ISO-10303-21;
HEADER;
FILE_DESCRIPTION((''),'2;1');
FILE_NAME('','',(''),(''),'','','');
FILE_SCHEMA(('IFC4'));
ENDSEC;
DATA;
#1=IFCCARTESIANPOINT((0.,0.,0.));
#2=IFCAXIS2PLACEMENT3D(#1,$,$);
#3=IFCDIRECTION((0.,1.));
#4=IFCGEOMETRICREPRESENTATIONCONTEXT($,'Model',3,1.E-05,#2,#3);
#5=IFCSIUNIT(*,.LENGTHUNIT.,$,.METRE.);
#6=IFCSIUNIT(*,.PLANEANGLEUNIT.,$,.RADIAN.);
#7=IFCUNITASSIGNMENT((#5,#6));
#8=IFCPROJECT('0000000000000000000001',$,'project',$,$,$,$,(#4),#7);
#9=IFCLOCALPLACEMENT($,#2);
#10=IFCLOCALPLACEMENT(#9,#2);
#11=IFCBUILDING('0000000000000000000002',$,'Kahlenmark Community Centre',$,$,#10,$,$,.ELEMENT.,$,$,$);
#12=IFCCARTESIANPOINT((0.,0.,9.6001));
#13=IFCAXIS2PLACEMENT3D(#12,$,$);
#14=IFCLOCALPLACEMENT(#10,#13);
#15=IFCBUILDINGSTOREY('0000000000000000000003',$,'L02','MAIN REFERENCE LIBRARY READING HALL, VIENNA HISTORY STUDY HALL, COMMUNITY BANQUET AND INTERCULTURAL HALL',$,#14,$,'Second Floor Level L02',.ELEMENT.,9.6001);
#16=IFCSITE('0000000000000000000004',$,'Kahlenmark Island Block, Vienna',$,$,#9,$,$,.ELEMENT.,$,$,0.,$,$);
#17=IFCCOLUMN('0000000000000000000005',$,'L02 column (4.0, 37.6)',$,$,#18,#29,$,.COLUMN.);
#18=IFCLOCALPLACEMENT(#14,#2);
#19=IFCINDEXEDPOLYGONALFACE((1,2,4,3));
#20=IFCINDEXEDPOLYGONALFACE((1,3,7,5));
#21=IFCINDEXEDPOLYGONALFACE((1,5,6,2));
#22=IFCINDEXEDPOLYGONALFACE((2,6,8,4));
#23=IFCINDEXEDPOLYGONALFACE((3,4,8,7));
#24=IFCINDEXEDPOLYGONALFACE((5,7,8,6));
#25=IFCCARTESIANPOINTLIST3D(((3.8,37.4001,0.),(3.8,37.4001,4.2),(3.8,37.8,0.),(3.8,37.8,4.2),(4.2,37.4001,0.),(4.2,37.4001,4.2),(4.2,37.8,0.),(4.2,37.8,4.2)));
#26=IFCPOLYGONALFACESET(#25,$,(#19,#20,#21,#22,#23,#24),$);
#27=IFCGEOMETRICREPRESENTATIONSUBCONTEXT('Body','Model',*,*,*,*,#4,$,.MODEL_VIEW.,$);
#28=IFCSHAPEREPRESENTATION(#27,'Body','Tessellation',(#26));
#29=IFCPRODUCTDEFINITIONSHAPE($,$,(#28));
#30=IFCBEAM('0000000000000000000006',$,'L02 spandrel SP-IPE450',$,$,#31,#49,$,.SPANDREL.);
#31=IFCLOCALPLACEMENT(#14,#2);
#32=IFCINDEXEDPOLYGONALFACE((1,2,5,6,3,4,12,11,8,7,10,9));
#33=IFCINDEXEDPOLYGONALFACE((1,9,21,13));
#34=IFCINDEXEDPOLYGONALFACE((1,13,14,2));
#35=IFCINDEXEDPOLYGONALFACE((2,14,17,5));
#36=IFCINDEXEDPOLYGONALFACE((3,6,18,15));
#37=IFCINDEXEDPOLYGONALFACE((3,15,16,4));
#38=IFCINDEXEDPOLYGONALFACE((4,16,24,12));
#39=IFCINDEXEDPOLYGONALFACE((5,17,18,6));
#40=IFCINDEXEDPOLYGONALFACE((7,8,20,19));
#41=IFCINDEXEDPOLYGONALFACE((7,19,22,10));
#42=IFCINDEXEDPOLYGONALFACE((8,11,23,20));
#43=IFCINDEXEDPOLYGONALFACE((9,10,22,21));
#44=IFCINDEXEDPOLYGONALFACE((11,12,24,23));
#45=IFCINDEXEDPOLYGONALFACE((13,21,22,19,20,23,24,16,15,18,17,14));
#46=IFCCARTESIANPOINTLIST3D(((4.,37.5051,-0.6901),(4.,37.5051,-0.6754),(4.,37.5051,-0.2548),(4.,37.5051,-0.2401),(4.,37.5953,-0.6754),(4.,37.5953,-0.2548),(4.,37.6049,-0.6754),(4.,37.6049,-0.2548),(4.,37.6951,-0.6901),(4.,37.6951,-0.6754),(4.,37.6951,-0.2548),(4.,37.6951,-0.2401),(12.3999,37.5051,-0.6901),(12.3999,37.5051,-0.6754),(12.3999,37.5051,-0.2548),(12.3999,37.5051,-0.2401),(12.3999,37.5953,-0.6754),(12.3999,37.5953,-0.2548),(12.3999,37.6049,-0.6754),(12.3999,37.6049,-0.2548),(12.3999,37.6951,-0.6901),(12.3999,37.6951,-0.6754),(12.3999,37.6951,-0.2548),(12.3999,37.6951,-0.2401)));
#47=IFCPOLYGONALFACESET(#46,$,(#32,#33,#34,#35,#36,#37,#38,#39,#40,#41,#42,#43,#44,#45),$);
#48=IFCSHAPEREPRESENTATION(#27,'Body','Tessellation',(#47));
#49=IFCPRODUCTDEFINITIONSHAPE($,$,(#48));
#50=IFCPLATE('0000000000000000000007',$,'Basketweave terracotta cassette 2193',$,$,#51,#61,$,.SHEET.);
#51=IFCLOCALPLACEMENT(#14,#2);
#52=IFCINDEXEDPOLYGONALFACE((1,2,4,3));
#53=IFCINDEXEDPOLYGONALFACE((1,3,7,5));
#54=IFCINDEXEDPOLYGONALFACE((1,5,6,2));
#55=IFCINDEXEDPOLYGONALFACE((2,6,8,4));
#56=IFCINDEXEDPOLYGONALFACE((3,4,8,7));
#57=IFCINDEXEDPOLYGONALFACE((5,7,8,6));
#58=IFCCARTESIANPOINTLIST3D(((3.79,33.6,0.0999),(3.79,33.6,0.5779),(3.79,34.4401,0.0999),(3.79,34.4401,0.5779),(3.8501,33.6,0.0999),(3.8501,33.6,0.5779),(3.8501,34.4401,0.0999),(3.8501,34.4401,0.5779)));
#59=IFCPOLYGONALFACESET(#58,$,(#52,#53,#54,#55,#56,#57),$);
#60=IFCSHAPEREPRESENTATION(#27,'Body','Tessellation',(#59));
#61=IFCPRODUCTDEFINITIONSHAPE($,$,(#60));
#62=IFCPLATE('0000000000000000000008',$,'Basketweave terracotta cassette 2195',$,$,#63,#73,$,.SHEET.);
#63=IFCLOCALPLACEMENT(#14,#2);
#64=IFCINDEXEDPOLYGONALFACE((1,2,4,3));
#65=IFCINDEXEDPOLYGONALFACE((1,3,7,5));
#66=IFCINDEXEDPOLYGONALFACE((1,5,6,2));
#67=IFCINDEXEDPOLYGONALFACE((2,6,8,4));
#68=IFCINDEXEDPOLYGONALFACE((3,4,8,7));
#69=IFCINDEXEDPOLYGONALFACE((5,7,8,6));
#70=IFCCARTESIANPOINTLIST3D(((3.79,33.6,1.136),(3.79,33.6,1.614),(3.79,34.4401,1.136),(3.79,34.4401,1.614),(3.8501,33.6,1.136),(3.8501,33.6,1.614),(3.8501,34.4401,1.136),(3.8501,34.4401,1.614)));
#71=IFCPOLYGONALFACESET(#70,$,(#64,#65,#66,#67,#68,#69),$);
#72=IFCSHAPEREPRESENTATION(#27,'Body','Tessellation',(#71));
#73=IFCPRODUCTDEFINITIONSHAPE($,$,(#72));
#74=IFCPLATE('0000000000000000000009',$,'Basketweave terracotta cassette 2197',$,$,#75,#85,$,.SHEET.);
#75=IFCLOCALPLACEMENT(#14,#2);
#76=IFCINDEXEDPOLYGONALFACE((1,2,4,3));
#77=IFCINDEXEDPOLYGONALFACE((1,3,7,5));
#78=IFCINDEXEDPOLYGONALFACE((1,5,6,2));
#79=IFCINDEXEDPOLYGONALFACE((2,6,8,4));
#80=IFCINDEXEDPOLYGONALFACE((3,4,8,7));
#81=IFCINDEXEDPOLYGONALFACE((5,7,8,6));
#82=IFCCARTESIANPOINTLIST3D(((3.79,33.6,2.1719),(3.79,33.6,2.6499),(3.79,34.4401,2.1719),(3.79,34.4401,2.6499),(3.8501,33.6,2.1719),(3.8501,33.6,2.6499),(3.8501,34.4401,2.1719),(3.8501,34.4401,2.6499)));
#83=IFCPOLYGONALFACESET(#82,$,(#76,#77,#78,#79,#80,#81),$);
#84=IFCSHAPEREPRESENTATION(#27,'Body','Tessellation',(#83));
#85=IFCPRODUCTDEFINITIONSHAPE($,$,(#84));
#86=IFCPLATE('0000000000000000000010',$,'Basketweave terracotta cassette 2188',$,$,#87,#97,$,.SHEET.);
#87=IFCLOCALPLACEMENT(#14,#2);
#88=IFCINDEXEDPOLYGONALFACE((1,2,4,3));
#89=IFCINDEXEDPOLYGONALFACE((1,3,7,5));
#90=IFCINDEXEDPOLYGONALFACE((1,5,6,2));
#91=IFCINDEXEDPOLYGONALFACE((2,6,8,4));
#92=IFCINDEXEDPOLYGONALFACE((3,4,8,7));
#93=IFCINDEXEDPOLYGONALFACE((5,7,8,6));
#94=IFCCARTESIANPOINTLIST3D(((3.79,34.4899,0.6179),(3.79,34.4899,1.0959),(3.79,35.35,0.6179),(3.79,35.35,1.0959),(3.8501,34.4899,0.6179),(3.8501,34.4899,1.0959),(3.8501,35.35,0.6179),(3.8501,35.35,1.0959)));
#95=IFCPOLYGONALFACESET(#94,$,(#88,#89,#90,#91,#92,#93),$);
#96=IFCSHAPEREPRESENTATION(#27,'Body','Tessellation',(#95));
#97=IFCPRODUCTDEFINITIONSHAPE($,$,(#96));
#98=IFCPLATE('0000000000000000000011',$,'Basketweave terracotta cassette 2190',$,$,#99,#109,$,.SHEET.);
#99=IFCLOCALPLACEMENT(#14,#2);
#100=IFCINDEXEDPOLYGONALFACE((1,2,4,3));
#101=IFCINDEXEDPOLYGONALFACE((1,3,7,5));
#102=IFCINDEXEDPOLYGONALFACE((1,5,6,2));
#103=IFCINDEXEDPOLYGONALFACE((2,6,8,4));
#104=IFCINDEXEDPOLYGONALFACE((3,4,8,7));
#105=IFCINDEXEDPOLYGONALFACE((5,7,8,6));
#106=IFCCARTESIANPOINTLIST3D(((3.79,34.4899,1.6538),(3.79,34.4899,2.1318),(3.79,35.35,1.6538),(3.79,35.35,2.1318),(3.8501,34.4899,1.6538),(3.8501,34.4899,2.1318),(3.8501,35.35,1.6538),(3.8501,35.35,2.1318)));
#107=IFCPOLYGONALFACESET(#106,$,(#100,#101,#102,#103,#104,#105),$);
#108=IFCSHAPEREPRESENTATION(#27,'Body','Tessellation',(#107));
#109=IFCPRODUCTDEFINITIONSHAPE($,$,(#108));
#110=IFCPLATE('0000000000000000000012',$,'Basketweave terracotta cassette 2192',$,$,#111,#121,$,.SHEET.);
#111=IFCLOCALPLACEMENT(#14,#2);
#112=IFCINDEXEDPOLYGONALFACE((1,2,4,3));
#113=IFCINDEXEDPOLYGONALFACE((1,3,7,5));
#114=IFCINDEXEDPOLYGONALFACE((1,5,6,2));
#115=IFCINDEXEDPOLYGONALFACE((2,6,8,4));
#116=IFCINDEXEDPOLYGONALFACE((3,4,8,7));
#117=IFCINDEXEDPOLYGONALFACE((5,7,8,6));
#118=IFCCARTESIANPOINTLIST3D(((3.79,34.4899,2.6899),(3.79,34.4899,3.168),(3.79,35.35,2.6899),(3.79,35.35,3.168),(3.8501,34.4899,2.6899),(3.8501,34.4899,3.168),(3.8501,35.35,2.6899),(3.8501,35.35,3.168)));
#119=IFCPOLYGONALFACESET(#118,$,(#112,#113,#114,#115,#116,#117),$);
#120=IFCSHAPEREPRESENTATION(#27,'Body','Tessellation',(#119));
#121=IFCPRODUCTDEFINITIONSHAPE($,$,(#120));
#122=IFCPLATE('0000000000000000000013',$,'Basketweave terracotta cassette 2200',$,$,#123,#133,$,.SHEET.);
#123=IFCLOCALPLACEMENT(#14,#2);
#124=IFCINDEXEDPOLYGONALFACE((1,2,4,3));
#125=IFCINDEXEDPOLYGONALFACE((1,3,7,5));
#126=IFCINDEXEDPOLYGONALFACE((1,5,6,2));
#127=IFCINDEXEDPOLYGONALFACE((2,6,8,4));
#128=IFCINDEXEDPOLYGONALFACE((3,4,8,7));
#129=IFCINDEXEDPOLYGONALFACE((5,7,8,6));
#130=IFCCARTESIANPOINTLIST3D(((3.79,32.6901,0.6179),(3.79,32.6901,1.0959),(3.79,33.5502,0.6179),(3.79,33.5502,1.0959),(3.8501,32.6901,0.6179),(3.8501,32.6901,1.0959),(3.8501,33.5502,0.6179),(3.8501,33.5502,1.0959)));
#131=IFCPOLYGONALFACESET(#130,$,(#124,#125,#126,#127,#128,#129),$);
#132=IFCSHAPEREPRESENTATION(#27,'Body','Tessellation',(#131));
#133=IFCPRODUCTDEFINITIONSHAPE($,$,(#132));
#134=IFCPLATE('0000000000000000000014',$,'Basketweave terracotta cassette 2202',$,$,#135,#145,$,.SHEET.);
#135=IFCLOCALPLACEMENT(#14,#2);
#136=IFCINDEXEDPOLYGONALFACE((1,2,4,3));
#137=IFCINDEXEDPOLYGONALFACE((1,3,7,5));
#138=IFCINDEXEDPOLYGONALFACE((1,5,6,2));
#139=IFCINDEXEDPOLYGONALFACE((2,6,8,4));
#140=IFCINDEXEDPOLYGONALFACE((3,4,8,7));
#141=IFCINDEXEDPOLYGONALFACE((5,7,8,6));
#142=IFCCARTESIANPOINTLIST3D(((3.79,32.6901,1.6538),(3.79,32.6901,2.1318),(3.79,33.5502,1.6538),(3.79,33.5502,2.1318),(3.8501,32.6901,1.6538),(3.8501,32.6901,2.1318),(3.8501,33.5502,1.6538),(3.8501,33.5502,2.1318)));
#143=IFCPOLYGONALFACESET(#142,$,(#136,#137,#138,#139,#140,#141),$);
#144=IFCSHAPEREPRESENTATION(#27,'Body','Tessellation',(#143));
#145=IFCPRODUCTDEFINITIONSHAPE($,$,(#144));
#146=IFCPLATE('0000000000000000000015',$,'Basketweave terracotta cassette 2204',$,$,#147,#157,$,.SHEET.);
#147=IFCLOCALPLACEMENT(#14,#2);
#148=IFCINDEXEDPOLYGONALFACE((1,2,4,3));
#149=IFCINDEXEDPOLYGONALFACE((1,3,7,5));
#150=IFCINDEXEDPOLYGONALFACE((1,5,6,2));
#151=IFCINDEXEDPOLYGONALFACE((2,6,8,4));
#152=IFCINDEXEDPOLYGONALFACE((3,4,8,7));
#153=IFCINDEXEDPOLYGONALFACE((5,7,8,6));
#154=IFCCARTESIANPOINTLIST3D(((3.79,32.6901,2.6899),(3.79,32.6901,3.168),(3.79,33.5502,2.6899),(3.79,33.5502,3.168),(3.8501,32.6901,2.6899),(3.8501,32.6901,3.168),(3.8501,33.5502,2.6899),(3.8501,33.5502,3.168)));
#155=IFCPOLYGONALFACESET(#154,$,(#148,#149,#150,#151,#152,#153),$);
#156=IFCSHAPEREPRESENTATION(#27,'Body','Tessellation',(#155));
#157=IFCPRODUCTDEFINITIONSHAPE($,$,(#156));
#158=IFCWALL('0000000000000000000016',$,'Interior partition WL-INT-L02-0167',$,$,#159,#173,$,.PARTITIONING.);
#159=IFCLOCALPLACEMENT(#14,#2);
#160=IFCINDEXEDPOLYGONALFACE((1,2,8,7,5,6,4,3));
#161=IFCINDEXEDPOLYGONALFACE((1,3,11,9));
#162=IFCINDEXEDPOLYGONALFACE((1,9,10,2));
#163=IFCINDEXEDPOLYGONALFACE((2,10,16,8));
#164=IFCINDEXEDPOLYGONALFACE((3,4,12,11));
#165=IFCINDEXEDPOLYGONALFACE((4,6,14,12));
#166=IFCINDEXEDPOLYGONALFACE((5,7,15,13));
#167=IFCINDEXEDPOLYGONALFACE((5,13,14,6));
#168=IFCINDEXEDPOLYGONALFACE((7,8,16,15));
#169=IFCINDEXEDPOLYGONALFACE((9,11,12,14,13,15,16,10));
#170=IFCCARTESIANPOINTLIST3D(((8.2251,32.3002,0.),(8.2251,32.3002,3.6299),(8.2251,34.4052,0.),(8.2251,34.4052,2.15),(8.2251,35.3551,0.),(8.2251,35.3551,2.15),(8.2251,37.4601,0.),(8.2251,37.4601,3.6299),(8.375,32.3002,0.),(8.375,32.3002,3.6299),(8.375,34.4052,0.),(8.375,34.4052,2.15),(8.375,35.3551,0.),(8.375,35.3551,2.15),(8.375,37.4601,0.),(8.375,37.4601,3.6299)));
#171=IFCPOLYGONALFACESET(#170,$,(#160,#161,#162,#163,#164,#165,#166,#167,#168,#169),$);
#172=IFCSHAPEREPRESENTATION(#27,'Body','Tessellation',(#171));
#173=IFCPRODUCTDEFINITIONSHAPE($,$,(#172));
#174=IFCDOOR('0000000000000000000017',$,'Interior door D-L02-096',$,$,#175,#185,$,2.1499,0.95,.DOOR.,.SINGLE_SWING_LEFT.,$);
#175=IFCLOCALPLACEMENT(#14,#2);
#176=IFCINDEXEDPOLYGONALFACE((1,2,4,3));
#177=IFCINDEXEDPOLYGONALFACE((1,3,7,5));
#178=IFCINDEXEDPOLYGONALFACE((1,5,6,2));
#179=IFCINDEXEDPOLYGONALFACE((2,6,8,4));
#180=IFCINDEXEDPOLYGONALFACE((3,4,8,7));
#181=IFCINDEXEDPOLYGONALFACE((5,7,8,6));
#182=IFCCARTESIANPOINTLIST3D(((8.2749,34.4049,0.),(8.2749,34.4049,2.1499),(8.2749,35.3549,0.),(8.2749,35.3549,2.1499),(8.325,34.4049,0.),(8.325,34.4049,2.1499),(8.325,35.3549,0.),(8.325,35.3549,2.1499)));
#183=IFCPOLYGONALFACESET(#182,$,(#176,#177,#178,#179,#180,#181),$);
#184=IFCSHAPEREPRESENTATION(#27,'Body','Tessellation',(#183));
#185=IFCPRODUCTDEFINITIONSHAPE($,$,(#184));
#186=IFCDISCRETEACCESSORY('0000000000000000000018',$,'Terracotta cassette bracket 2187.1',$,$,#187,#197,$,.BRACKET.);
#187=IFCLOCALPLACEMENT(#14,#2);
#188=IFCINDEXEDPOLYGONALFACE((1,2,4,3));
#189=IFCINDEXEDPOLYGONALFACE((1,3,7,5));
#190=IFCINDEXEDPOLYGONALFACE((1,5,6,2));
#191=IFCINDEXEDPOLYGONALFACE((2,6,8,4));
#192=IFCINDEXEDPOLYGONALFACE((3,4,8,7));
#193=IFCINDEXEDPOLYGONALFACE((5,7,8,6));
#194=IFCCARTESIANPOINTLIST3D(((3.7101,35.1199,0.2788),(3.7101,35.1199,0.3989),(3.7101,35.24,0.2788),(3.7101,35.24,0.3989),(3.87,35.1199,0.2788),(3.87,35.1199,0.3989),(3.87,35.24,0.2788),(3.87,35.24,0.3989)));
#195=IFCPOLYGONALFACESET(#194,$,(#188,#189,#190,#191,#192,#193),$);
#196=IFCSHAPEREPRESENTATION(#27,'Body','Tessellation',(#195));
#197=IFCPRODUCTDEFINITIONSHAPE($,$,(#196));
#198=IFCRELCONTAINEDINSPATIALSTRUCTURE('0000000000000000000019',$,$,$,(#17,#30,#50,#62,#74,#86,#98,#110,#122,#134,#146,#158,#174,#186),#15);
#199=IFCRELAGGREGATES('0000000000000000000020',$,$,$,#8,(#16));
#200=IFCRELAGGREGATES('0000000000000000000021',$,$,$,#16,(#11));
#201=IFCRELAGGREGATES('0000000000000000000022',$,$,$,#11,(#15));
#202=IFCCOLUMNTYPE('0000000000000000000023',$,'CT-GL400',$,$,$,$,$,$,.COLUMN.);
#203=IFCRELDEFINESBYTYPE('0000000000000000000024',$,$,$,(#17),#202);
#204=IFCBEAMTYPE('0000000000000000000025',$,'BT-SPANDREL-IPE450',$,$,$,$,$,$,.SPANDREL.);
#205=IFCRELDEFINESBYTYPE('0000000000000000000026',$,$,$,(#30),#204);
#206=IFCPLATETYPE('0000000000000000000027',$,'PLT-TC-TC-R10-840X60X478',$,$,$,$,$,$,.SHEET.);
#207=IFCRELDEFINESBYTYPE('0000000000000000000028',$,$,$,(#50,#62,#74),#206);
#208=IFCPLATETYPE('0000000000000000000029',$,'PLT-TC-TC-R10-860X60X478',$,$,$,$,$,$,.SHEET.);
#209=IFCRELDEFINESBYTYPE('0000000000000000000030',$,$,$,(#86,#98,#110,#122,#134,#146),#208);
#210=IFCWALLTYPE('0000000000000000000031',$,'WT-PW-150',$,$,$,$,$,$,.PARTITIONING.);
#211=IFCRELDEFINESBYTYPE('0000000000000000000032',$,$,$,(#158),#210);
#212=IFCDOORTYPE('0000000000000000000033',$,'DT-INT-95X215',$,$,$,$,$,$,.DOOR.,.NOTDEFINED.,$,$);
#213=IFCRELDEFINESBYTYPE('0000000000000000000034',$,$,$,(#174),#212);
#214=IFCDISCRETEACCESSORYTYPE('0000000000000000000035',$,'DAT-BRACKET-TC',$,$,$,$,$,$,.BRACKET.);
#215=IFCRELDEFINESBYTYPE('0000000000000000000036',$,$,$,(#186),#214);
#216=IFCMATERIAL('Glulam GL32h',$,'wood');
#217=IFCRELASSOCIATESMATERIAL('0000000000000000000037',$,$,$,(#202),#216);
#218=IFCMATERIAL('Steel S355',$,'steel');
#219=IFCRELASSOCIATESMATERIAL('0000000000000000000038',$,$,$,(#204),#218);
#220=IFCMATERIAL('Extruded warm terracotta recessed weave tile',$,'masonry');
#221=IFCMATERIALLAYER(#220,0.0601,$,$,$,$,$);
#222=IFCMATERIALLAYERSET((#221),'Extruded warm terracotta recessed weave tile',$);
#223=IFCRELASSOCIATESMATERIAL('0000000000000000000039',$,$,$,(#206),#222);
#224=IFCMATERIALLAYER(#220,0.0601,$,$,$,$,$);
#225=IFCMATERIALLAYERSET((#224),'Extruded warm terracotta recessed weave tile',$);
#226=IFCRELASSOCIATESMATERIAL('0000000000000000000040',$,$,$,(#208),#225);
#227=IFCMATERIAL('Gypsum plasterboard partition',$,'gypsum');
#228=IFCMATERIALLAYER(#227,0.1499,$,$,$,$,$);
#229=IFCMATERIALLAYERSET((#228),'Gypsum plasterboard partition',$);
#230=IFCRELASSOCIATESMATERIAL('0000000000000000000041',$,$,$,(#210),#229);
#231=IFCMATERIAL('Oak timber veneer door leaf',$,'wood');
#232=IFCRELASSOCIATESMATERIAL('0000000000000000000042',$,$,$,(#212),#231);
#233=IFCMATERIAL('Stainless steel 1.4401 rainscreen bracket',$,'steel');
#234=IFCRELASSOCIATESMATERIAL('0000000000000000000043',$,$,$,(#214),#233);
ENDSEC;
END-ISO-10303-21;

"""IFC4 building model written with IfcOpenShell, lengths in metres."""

from ifc_helpers import new_model, si_unit, direction, frame, frame_2d, origin, origin_2d, place, context, subcontext, project, spatial, rectangle, i_section, extrude, material, layer, layer_set, material_profile, profile_set, type_object, element, fill, save


model = new_model("IFC4")

# Units and contexts
model_context = context("Model", 3, precision=1e-05, world=origin(), true_north=direction((0.0, 1.0)))
body_context = subcontext(model_context, "Body", "Model", "MODEL_VIEW")
ifc_project = project(units=[si_unit("LENGTHUNIT", "METRE"), si_unit("PLANEANGLEUNIT", "RADIAN")], contexts=[model_context])

# Site, building, storey
site_placement = place(None, origin())
site = spatial("IfcSite", under=ifc_project, at=site_placement, Name="Kahlenmark Island Block, Vienna", CompositionType="ELEMENT", RefElevation=0.0)
building_placement = place(site_placement, origin())
building = spatial("IfcBuilding", under=site, at=building_placement, Name="Kahlenmark Community Centre", CompositionType="ELEMENT")
storey_placement = place(building_placement, frame((0.0, 0.0, 9.6001)))
storey = spatial("IfcBuildingStorey", under=building, at=storey_placement, Name="L02", Description="MAIN REFERENCE LIBRARY READING HALL, VIENNA HISTORY STUDY HALL, COMMUNITY BANQUET AND INTERCULTURAL HALL", LongName="Second Floor Level L02", CompositionType="ELEMENT", Elevation=9.6001)

# Column
ifc_material_1 = material(Name="Glulam GL32h", Category="wood")
ifc_material_profile_1 = material_profile(ifc_material_1, rectangle(XDim=0.3999, YDim=0.3999, at=origin_2d()), Name="GL32h 400x400")
ifc_profile_set_1 = profile_set([ifc_material_profile_1], Name="Glulam GL32h")
column_type = type_object("IfcColumnType", Name="CT-GL400", PredefinedType="COLUMN", material=ifc_profile_set_1)
column_placement = place(storey_placement, frame((4.0, 37.6001, 0.0), z_axis=(0.0, 0.0, 1.0), x_axis=(1.0, 0.0, 0.0)))
element("IfcColumn", 1, at=column_placement, inside=storey, type_object=column_type, Name="L02 column (4.0, 37.6)", PredefinedType="COLUMN", context=body_context, shape_type="SweptSolid", body=[
    extrude(rectangle(XDim=0.3999, YDim=0.3999, at=origin_2d()), origin(), (0.0, 0.0, 1.0), 4.2),
])

# Beam
ifc_material_2 = material(Name="Steel S355", Category="steel")
ifc_material_profile_2 = material_profile(ifc_material_2, i_section(OverallWidth=0.1899, OverallDepth=0.45, WebThickness=0.0095, FlangeThickness=0.0146, at=origin_2d()), Name="IPE 450")
ifc_profile_set_2 = profile_set([ifc_material_profile_2], Name="Steel S355")
beam_type = type_object("IfcBeamType", Name="BT-SPANDREL-IPE450", PredefinedType="SPANDREL", material=ifc_profile_set_2)
beam_placement = place(storey_placement, frame((4.0, 37.6001, -0.4651), z_axis=(1.0, 0.0, 0.0), x_axis=(0.0, 1.0, 0.0)))
element("IfcBeam", 2, at=beam_placement, inside=storey, type_object=beam_type, Name="L02 spandrel SP-IPE450", PredefinedType="SPANDREL", context=body_context, shape_type="SweptSolid", body=[
    extrude(i_section(OverallWidth=0.1899, OverallDepth=0.45, WebThickness=0.0095, FlangeThickness=0.0146, at=origin_2d()), origin(), (0.0, 0.0, 1.0), 8.3999),
])

# Plates
ifc_material_3 = material(Name="Extruded warm terracotta recessed weave tile", Category="masonry")
ifc_layer_1 = layer(ifc_material_3, 0.0601)
ifc_layer_set_1 = layer_set([ifc_layer_1], Name="Extruded warm terracotta recessed weave tile")
plate_type_1 = type_object("IfcPlateType", Name="PLT-TC-TC-R10-840X60X478", PredefinedType="SHEET", material=ifc_layer_set_1)
for number, where, z_axis, x_axis, name in (
    (3, (3.8201, 34.02, 0.0999), (0.0, 0.0, 1.0), (0.0, -1.0, 0.0), "Basketweave terracotta cassette 2193"),
    (4, (3.8201, 34.02, 1.136), (0.0, 0.0, 1.0), (0.0, -1.0, 0.0), "Basketweave terracotta cassette 2195"),
    (5, (3.8201, 34.02, 2.1719), (0.0, 0.0, 1.0), (0.0, -1.0, 0.0), "Basketweave terracotta cassette 2197"),
):
    element("IfcPlate", number, at=place(storey_placement, frame(where, z_axis=z_axis, x_axis=x_axis)), inside=storey, type_object=plate_type_1, Name=name, PredefinedType="SHEET", context=body_context, shape_type="SweptSolid", body=[
        extrude(rectangle(XDim=0.8401, YDim=0.0601, at=origin_2d()), origin(), (0.0, 0.0, 1.0), 0.478),
    ])
ifc_layer_2 = layer(ifc_material_3, 0.0601)
ifc_layer_set_2 = layer_set([ifc_layer_2], Name="Extruded warm terracotta recessed weave tile")
plate_type_2 = type_object("IfcPlateType", Name="PLT-TC-TC-R10-860X60X478", PredefinedType="SHEET", material=ifc_layer_set_2)
for number, where, z_axis, x_axis, name in (
    (6, (3.8201, 34.9199, 0.6179), (0.0, 0.0, 1.0), (0.0, -1.0, 0.0), "Basketweave terracotta cassette 2188"),
    (7, (3.8201, 34.9199, 1.6538), (0.0, 0.0, 1.0), (0.0, -1.0, 0.0), "Basketweave terracotta cassette 2190"),
    (8, (3.8201, 34.9199, 2.6899), (0.0, 0.0, 1.0), (0.0, -1.0, 0.0), "Basketweave terracotta cassette 2192"),
    (9, (3.8201, 33.1201, 0.6179), (0.0, 0.0, 1.0), (0.0, -1.0, 0.0), "Basketweave terracotta cassette 2200"),
    (10, (3.8201, 33.1201, 1.6538), (0.0, 0.0, 1.0), (0.0, -1.0, 0.0), "Basketweave terracotta cassette 2202"),
    (11, (3.8201, 33.1201, 2.6899), (0.0, 0.0, 1.0), (0.0, -1.0, 0.0), "Basketweave terracotta cassette 2204"),
):
    element("IfcPlate", number, at=place(storey_placement, frame(where, z_axis=z_axis, x_axis=x_axis)), inside=storey, type_object=plate_type_2, Name=name, PredefinedType="SHEET", context=body_context, shape_type="SweptSolid", body=[
        extrude(rectangle(XDim=0.8601, YDim=0.0601, at=origin_2d()), origin(), (0.0, 0.0, 1.0), 0.478),
    ])

# Wall, opening, door
ifc_material_4 = material(Name="Gypsum plasterboard partition", Category="gypsum")
ifc_layer_3 = layer(ifc_material_4, 0.1499)
ifc_layer_set_3 = layer_set([ifc_layer_3], Name="Gypsum plasterboard partition")
wall_type_1 = type_object("IfcWallType", Name="WT-PW-150", PredefinedType="PARTITIONING", material=ifc_layer_set_3)
wall_1_placement = place(storey_placement, frame((8.3, 32.3, 0.0), z_axis=(0.0, 0.0, 1.0), x_axis=(0.0, 1.0, 0.0)))
wall_1 = element("IfcWall", 12, at=wall_1_placement, inside=storey, type_object=wall_type_1, Name="Interior partition WL-INT-L02-0167", PredefinedType="PARTITIONING", context=body_context, shape_type="SweptSolid", body=[
    extrude(rectangle(XDim=5.1599, YDim=0.1499, at=frame_2d((2.5801, 0.0))), origin(), (0.0, 0.0, 1.0), 3.6299),
])
opening_1_placement = place(wall_1_placement, frame((2.105, 0.0, -0.01)))
opening_1 = element("IfcOpeningElement", 13, at=opening_1_placement, cuts=wall_1, PredefinedType="OPENING", context=body_context, shape_type="SweptSolid", body=[
    extrude(rectangle(XDim=0.95, YDim=2.1599, at=frame_2d((0.4751, 1.0801))), frame((0.0, 0.085, 0.0), z_axis=(0.0, -1.0, 0.0), x_axis=(1.0, 0.0, 0.0)), (0.0, 0.0, 1.0), 0.1699),
])
ifc_material_5 = material(Name="Oak timber veneer door leaf", Category="wood")
door_type_1 = type_object("IfcDoorType", Name="DT-INT-95X215", OperationType="NOTDEFINED", PredefinedType="DOOR", material=ifc_material_5)
door_1_placement = place(opening_1_placement, frame((0.95, 0.0, 0.01), z_axis=(0.0, 0.0, 1.0), x_axis=(-1.0, 0.0, 0.0)))
door_1 = element("IfcDoor", 14, at=door_1_placement, inside=storey, type_object=door_type_1, Name="Interior door D-L02-096", OperationType="SINGLE_SWING_LEFT", OverallHeight=2.1499, OverallWidth=0.95, PredefinedType="DOOR", context=body_context, shape_type="SweptSolid", body=[
    extrude(rectangle(XDim=0.95, YDim=2.1499, at=frame_2d((0.4751, 1.075))), frame((0.0, 0.0249, 0.0), z_axis=(0.0, -1.0, 0.0), x_axis=(1.0, 0.0, 0.0)), (0.0, 0.0, 1.0), 0.05),
])
fill(opening_1, door_1)

# Discrete accessory
ifc_material_6 = material(Name="Stainless steel 1.4401 rainscreen bracket", Category="steel")
discrete_accessory_type = type_object("IfcDiscreteAccessoryType", Name="DAT-BRACKET-TC", PredefinedType="BRACKET", material=ifc_material_6)
for number, where, z_axis, x_axis, name in (
    (15, (3.79, 35.1799, 0.2788), (0.0, 0.0, 1.0), (0.0, -1.0, 0.0), "Terracotta cassette bracket 2187.1"),
):
    element("IfcDiscreteAccessory", number, at=place(storey_placement, frame(where, z_axis=z_axis, x_axis=x_axis)), inside=storey, type_object=discrete_accessory_type, Name=name, PredefinedType="BRACKET", context=body_context, shape_type="SweptSolid", body=[
        extrude(rectangle(XDim=0.1201, YDim=0.1599, at=origin_2d()), origin(), (0.0, 0.0, 1.0), 0.1201),
    ])

save(model, "model.ifc")
